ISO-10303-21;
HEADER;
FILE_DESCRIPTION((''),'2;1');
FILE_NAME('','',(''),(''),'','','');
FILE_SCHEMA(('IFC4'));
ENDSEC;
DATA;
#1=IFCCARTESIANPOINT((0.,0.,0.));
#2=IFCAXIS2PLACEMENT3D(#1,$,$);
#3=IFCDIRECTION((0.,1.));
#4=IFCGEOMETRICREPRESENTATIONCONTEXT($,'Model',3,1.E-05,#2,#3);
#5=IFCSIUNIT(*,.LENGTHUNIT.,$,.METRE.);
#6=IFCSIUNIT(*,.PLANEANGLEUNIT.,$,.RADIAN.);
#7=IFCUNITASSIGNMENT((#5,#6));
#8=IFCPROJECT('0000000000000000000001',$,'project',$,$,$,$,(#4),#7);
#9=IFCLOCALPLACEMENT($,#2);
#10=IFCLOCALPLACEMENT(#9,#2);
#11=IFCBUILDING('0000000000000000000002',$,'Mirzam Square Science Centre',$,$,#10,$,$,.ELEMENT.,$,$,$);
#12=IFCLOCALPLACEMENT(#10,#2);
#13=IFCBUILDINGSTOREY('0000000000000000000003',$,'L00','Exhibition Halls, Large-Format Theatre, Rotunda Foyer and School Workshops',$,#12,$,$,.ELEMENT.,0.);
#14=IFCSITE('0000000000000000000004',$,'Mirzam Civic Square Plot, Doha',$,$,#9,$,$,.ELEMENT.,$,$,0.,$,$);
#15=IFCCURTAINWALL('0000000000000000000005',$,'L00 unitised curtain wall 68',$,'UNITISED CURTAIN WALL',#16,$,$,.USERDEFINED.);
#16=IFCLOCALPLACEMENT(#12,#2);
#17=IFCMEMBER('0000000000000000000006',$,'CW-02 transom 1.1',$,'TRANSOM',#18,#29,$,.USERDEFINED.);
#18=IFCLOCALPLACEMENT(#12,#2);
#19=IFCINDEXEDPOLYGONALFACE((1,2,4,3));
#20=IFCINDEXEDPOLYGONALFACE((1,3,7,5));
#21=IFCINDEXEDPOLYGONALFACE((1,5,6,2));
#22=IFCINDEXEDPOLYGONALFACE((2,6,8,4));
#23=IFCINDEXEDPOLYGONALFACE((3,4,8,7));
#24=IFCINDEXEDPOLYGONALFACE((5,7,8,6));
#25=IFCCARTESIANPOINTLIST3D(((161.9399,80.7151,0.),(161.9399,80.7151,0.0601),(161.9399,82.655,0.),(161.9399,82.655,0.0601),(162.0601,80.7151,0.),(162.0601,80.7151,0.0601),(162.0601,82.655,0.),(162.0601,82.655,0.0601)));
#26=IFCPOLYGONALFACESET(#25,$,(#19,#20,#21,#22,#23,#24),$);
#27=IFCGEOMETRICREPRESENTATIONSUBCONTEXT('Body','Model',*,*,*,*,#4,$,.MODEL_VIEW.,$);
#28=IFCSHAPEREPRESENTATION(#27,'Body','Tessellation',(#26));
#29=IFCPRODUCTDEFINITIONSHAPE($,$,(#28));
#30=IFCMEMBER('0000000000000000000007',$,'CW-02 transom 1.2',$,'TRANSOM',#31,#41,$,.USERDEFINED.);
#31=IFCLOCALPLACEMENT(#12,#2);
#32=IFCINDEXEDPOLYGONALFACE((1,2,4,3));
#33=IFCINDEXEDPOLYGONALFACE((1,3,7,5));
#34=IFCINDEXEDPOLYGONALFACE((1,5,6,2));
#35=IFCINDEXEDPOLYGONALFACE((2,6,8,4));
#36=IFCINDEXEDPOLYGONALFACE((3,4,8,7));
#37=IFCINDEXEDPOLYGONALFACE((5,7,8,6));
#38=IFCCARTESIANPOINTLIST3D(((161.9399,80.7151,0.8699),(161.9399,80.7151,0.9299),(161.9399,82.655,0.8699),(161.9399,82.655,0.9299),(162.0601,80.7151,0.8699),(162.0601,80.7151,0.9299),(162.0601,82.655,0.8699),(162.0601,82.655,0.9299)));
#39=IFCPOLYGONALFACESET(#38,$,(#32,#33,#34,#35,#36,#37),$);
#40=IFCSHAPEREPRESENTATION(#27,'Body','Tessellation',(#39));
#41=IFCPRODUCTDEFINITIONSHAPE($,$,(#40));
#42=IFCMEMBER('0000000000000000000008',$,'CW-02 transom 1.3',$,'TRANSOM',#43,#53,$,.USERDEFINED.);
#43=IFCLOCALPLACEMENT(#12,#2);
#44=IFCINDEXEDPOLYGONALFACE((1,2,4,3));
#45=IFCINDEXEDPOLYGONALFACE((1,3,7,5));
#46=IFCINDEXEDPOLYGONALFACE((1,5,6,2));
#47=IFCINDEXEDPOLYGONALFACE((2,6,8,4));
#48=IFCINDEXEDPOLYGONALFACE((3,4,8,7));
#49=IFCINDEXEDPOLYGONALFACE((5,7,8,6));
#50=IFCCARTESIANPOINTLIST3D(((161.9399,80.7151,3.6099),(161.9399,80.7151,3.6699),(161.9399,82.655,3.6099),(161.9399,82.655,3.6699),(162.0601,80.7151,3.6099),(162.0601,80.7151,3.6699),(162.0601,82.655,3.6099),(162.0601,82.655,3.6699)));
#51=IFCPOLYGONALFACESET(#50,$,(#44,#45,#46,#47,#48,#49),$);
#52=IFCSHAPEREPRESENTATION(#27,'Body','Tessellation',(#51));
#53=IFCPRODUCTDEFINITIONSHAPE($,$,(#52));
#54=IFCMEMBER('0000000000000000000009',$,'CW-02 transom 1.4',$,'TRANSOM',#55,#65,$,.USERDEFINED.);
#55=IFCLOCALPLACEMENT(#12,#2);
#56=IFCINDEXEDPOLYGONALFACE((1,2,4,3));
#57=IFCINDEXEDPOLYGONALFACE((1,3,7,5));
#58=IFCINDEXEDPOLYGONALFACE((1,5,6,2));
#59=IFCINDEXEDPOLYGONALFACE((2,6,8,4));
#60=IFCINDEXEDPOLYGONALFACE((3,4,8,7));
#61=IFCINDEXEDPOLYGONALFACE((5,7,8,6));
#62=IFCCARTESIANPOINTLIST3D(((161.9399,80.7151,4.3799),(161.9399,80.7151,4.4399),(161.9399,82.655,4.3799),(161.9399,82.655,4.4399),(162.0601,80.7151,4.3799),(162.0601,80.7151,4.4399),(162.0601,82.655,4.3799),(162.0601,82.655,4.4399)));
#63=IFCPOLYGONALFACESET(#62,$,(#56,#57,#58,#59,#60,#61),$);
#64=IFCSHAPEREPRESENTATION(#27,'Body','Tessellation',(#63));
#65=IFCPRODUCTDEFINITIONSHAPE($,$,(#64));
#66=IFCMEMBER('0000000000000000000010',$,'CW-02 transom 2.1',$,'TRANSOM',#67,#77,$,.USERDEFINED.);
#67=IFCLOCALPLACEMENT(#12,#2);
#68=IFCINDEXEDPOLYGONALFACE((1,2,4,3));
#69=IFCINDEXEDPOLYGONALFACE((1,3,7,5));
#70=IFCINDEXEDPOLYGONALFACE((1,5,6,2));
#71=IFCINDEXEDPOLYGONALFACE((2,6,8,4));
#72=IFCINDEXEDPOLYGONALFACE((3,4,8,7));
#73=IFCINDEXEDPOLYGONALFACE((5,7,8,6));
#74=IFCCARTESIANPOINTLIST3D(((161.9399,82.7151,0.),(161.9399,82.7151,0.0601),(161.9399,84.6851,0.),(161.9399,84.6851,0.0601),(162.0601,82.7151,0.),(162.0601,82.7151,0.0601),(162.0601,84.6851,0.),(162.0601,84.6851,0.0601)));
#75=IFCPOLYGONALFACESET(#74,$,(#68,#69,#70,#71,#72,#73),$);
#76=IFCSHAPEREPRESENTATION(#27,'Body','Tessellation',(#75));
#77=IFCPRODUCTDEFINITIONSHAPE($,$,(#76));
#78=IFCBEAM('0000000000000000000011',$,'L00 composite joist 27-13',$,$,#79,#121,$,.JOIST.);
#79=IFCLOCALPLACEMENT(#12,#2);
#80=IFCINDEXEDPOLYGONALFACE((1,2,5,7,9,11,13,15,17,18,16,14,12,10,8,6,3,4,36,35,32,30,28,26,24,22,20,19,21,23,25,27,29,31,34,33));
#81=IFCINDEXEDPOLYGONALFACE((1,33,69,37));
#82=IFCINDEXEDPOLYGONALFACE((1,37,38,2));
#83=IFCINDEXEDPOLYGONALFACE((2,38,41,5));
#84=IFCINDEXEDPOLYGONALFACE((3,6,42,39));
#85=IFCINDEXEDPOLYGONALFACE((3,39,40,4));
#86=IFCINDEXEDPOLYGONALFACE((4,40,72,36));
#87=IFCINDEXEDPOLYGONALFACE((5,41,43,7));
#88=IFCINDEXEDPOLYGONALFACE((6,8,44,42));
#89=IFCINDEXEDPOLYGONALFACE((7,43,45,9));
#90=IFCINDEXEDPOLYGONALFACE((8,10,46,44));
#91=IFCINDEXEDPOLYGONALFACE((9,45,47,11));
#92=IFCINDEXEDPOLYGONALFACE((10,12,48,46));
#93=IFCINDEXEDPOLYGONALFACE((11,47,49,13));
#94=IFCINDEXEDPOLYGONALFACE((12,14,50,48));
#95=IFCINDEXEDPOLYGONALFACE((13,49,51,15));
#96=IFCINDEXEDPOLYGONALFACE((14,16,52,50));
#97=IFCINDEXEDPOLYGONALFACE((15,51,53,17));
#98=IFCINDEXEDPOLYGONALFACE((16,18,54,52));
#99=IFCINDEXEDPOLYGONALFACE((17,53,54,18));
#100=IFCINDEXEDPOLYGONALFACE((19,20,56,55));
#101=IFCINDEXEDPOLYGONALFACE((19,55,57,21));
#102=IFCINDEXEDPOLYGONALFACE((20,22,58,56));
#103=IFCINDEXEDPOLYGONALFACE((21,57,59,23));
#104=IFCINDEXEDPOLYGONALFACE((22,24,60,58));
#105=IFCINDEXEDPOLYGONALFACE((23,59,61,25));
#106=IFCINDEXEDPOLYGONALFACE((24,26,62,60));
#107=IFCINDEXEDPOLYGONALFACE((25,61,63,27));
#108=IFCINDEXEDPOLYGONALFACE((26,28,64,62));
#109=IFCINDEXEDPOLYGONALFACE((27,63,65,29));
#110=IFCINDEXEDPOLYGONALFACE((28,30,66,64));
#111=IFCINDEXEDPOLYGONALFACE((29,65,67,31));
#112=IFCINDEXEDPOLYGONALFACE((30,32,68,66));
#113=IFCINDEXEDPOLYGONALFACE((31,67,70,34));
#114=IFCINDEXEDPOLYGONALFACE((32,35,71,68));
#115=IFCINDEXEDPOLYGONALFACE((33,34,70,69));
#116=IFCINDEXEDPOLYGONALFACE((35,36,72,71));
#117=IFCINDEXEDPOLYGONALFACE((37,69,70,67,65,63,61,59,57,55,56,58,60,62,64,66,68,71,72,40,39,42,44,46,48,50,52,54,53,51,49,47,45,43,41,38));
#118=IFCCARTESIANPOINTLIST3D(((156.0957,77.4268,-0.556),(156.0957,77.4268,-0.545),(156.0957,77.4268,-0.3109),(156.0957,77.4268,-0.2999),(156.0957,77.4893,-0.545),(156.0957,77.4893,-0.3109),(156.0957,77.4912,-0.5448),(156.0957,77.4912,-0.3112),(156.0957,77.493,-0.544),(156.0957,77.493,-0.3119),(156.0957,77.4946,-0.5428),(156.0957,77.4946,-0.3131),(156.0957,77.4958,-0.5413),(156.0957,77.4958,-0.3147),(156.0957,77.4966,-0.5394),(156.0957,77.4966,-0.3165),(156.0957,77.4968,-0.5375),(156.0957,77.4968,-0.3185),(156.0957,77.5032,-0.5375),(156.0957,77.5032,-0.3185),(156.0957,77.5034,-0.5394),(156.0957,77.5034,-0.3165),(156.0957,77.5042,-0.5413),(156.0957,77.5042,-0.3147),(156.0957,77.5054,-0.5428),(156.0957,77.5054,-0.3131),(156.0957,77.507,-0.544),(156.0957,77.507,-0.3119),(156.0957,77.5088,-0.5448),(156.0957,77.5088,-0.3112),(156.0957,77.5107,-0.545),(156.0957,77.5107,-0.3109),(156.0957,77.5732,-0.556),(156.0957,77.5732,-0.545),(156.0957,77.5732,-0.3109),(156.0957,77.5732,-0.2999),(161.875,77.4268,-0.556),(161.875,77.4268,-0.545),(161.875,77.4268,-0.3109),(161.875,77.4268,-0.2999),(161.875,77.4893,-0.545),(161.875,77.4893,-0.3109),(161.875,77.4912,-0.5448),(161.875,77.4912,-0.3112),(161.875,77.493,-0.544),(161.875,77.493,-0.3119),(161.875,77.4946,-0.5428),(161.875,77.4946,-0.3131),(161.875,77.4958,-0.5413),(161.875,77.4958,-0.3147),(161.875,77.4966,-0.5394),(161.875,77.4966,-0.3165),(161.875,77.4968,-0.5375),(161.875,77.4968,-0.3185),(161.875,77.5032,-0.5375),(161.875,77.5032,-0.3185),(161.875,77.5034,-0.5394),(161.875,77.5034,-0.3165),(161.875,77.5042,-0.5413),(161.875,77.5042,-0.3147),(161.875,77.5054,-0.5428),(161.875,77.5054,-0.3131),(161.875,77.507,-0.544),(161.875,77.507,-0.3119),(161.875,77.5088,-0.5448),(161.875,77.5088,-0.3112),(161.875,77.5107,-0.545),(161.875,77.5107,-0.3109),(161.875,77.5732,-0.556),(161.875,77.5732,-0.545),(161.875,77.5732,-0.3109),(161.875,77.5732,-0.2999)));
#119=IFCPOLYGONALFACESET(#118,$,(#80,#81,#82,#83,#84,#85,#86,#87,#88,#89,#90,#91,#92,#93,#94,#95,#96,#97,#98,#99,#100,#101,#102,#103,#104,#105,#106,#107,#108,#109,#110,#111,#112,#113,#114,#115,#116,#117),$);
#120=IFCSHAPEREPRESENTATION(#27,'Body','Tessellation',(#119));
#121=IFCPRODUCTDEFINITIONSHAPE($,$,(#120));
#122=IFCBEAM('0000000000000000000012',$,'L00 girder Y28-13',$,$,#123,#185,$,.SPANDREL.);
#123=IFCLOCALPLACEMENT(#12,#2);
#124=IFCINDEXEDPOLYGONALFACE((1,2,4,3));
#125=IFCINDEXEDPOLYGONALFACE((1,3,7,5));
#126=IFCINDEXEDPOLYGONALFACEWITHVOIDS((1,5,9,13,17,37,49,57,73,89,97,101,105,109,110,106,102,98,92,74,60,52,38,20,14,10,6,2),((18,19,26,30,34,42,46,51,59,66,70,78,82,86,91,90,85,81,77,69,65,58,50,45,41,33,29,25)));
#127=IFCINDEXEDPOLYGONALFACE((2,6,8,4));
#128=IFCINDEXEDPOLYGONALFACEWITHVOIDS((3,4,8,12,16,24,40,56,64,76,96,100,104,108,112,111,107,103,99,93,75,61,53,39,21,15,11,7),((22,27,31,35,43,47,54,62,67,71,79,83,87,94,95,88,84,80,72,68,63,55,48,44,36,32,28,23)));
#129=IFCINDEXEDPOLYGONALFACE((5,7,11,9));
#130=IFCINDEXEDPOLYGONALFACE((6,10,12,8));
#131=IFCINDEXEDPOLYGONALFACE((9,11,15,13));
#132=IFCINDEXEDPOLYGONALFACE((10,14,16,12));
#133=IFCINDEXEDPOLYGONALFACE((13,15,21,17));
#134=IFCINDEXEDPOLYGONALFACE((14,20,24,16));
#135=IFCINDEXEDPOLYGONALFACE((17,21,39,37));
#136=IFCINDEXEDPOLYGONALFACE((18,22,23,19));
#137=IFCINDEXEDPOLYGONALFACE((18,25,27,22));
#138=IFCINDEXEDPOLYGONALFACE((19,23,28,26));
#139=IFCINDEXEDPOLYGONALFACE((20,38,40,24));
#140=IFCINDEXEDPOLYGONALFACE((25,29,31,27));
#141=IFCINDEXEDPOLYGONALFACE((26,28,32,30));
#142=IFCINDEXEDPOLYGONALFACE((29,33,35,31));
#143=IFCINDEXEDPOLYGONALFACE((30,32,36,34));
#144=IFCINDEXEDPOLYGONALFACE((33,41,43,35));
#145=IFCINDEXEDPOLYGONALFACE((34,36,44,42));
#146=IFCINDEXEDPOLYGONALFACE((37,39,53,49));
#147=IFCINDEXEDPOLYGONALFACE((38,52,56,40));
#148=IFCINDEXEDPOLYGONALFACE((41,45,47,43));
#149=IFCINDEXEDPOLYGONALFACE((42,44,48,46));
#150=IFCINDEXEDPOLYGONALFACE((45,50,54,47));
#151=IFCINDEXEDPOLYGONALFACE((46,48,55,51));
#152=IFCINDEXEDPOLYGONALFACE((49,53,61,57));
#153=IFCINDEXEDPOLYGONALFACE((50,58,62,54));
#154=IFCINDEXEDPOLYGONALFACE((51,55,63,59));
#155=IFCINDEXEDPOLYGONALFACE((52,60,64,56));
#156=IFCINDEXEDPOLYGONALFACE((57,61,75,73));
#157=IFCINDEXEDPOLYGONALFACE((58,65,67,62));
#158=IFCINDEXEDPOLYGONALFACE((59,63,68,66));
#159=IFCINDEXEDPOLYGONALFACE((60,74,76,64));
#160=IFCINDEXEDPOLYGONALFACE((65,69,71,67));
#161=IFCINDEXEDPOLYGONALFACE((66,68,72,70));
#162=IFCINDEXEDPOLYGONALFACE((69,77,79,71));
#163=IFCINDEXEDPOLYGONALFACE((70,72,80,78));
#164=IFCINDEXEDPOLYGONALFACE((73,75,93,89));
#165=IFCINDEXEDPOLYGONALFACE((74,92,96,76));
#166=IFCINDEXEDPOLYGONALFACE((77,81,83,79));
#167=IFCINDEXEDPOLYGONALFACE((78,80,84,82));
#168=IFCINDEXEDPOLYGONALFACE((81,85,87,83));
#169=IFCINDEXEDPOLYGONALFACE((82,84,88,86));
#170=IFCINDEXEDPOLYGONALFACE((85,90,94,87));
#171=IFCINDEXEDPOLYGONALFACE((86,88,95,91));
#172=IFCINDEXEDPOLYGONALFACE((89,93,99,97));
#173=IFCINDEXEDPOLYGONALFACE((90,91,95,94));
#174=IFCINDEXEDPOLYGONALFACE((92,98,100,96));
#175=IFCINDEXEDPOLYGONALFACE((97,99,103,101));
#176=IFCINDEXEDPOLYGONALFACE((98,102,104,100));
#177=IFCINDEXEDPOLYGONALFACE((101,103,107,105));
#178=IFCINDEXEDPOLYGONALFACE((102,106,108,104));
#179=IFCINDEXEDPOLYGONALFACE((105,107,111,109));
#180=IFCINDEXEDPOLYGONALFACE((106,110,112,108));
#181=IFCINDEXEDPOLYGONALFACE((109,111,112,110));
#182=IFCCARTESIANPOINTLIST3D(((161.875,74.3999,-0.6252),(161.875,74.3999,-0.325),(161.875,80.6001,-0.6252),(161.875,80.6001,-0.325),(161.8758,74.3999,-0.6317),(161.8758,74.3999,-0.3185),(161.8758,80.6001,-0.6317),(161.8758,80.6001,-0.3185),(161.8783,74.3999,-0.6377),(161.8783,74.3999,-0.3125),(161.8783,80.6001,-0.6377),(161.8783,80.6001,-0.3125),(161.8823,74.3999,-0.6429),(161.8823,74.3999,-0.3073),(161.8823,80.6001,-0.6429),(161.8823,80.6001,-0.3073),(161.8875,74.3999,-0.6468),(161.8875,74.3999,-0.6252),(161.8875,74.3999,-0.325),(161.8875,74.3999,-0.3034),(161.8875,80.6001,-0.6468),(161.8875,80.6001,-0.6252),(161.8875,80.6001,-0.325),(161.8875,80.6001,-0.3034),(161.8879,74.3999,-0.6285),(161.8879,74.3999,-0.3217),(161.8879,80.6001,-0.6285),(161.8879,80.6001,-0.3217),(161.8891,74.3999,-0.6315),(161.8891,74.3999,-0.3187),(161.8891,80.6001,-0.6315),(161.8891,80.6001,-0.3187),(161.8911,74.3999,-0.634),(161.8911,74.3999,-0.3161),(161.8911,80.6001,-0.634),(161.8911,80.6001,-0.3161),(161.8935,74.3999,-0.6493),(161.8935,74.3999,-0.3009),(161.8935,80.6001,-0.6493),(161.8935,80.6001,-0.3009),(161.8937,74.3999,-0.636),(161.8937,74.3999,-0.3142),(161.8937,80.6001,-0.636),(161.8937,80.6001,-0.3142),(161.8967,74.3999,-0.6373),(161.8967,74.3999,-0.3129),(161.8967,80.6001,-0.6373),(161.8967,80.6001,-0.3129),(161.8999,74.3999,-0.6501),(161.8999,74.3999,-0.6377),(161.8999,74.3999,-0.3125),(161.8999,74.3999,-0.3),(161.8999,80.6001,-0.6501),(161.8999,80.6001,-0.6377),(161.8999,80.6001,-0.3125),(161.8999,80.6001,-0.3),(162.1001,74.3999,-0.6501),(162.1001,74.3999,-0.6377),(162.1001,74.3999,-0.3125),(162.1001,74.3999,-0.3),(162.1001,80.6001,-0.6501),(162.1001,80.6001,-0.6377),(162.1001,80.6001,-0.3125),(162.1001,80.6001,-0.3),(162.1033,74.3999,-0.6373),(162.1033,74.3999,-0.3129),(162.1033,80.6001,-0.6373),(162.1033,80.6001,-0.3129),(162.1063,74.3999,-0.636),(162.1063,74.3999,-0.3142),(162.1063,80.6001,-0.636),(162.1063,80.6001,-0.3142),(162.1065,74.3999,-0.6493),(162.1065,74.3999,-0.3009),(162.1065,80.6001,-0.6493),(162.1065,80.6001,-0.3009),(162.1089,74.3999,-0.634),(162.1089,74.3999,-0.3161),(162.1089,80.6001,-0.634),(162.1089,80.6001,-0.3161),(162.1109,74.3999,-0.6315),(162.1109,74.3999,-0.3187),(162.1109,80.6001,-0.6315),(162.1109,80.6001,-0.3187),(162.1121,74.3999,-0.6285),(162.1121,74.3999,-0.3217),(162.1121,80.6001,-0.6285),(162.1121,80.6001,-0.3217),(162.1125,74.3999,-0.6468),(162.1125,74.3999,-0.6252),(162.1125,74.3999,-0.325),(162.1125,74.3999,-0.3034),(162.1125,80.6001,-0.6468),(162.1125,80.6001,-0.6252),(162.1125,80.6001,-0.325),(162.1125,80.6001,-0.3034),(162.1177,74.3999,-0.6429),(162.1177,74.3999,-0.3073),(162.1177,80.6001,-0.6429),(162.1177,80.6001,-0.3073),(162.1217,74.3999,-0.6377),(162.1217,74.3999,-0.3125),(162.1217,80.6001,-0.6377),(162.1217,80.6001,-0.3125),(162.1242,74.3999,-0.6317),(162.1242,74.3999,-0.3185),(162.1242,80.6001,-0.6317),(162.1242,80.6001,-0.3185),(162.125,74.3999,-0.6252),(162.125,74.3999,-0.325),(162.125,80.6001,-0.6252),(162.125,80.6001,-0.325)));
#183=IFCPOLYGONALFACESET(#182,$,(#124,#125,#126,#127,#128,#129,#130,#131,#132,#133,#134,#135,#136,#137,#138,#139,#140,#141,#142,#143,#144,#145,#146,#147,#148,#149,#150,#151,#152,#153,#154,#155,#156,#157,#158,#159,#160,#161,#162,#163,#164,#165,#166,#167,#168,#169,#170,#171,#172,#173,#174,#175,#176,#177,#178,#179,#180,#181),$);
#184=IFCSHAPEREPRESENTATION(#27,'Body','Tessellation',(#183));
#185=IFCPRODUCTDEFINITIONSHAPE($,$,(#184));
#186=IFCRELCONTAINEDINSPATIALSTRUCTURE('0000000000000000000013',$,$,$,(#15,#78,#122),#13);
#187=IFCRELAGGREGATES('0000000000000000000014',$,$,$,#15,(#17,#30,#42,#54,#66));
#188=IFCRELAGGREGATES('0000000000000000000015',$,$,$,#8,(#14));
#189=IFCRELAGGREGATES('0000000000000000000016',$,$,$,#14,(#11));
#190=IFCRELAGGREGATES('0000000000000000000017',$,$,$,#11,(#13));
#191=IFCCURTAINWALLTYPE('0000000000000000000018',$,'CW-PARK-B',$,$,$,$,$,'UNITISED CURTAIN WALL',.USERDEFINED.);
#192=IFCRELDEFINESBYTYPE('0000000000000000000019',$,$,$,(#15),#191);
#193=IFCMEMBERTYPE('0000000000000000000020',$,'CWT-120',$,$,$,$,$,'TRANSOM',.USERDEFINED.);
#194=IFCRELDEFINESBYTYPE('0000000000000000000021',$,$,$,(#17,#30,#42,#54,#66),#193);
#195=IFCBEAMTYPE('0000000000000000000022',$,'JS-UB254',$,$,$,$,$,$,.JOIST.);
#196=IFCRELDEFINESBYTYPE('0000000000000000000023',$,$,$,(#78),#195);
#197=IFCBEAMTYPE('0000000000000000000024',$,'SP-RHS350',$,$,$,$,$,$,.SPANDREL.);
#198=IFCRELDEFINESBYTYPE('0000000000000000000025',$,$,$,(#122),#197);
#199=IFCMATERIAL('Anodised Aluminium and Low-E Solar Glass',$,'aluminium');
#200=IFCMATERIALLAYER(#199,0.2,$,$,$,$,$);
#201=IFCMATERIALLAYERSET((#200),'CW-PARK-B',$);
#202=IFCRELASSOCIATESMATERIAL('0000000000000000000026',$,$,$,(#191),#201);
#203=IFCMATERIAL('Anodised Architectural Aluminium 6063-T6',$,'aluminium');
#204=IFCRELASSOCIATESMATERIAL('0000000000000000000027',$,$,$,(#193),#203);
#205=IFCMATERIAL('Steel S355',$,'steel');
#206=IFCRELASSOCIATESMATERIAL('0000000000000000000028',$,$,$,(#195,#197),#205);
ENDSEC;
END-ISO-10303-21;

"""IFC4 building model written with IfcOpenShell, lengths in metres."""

from ifc_helpers import new_model, si_unit, direction, frame, origin, origin_2d, place, context, subcontext, project, spatial, rectangle, hollow_rectangle, i_section, extrude, material, layer, layer_set, material_profile, profile_set, type_object, element, aggregate, save


model = new_model("IFC4")

# Units and contexts
model_context = context("Model", 3, precision=1e-05, world=origin(), true_north=direction((0.0, 1.0)))
body_context = subcontext(model_context, "Body", "Model", "MODEL_VIEW")
ifc_project = project(units=[si_unit("LENGTHUNIT", "METRE"), si_unit("PLANEANGLEUNIT", "RADIAN")], contexts=[model_context])

# Site, building, storey
site_placement = place(None, origin())
site = spatial("IfcSite", under=ifc_project, at=site_placement, Name="Mirzam Civic Square Plot, Doha", CompositionType="ELEMENT", RefElevation=0.0)
building_placement = place(site_placement, origin())
building = spatial("IfcBuilding", under=site, at=building_placement, Name="Mirzam Square Science Centre", CompositionType="ELEMENT")
storey_placement = place(building_placement, origin())
storey = spatial("IfcBuildingStorey", under=building, at=storey_placement, Name="L00", Description="Exhibition Halls, Large-Format Theatre, Rotunda Foyer and School Workshops", CompositionType="ELEMENT", Elevation=0.0)

# Shared definitions
ifc_material_1 = material(Name="Steel S355", Category="steel")

# Curtain wall, members
ifc_material_2 = material(Name="Anodised Aluminium and Low-E Solar Glass", Category="aluminium")
ifc_layer_1 = layer(ifc_material_2, 0.2)
ifc_layer_set_1 = layer_set([ifc_layer_1], Name="CW-PARK-B")
curtain_wall_type = type_object("IfcCurtainWallType", Name="CW-PARK-B", ElementType="UNITISED CURTAIN WALL", PredefinedType="USERDEFINED", material=ifc_layer_set_1)
curtain_wall_placement = place(storey_placement, origin())
curtain_wall = element("IfcCurtainWall", 1, at=curtain_wall_placement, inside=storey, type_object=curtain_wall_type, Name="L00 unitised curtain wall 68", ObjectType="UNITISED CURTAIN WALL", PredefinedType="USERDEFINED")
ifc_material_3 = material(Name="Anodised Architectural Aluminium 6063-T6", Category="aluminium")
ifc_material_profile_1 = material_profile(ifc_material_3, rectangle(XDim=0.1201, YDim=0.0601, at=origin_2d()), Name="ALU-TRAN-120x60x4")
ifc_profile_set_1 = profile_set([ifc_material_profile_1], Name="Anodised Architectural Aluminium 6063-T6")
member_type_1 = type_object("IfcMemberType", Name="CWT-120", ElementType="TRANSOM", PredefinedType="USERDEFINED", material=ifc_profile_set_1)
member_1_placement = place(storey_placement, frame((162.0, 80.7151, 0.03), z_axis=(0.0, 1.0, 0.0), x_axis=(-1.0, 0.0, 0.0)))
member_1 = element("IfcMember", 2, at=member_1_placement, type_object=member_type_1, Name="CW-02 transom 1.1", ObjectType="TRANSOM", PredefinedType="USERDEFINED", context=body_context, shape_type="SweptSolid", body=[
    extrude(rectangle(XDim=0.1201, YDim=0.0601, at=origin_2d()), origin(), (0.0, 0.0, 1.0), 1.9399),
])
member_2_placement = place(storey_placement, frame((162.0, 80.7151, 0.8999), z_axis=(0.0, 1.0, 0.0), x_axis=(-1.0, 0.0, 0.0)))
member_2 = element("IfcMember", 3, at=member_2_placement, type_object=member_type_1, Name="CW-02 transom 1.2", ObjectType="TRANSOM", PredefinedType="USERDEFINED", context=body_context, shape_type="SweptSolid", body=[
    extrude(rectangle(XDim=0.1201, YDim=0.0601, at=origin_2d()), origin(), (0.0, 0.0, 1.0), 1.9399),
])
member_3_placement = place(storey_placement, frame((162.0, 80.7151, 3.6399), z_axis=(0.0, 1.0, 0.0), x_axis=(-1.0, 0.0, 0.0)))
member_3 = element("IfcMember", 4, at=member_3_placement, type_object=member_type_1, Name="CW-02 transom 1.3", ObjectType="TRANSOM", PredefinedType="USERDEFINED", context=body_context, shape_type="SweptSolid", body=[
    extrude(rectangle(XDim=0.1201, YDim=0.0601, at=origin_2d()), origin(), (0.0, 0.0, 1.0), 1.9399),
])
member_4_placement = place(storey_placement, frame((162.0, 80.7151, 4.4099), z_axis=(0.0, 1.0, 0.0), x_axis=(-1.0, 0.0, 0.0)))
member_4 = element("IfcMember", 5, at=member_4_placement, type_object=member_type_1, Name="CW-02 transom 1.4", ObjectType="TRANSOM", PredefinedType="USERDEFINED", context=body_context, shape_type="SweptSolid", body=[
    extrude(rectangle(XDim=0.1201, YDim=0.0601, at=origin_2d()), origin(), (0.0, 0.0, 1.0), 1.9399),
])
member_5_placement = place(storey_placement, frame((162.0, 82.7151, 0.03), z_axis=(0.0, 1.0, 0.0), x_axis=(-1.0, 0.0, 0.0)))
member_5 = element("IfcMember", 6, at=member_5_placement, type_object=member_type_1, Name="CW-02 transom 2.1", ObjectType="TRANSOM", PredefinedType="USERDEFINED", context=body_context, shape_type="SweptSolid", body=[
    extrude(rectangle(XDim=0.1201, YDim=0.0601, at=origin_2d()), origin(), (0.0, 0.0, 1.0), 1.97),
])

# Beams
ifc_material_profile_2 = material_profile(ifc_material_1, i_section(OverallWidth=0.1465, OverallDepth=0.2561, WebThickness=0.0063, FlangeThickness=0.011, FilletRadius=0.0076, at=origin_2d()), Name="254x146x37UB")
ifc_profile_set_2 = profile_set([ifc_material_profile_2], Name="Steel S355")
beam_type_1 = type_object("IfcBeamType", Name="JS-UB254", PredefinedType="JOIST", material=ifc_profile_set_2)
beam_1_placement = place(storey_placement, frame((156.0957, 77.5, -0.428), z_axis=(1.0, 0.0, 0.0), x_axis=(0.0, 1.0, 0.0)))
element("IfcBeam", 7, at=beam_1_placement, inside=storey, type_object=beam_type_1, Name="L00 composite joist 27-13", PredefinedType="JOIST", context=body_context, shape_type="SweptSolid", body=[
    extrude(i_section(OverallWidth=0.1465, OverallDepth=0.2561, WebThickness=0.0063, FlangeThickness=0.011, FilletRadius=0.0076, at=origin_2d()), origin(), (0.0, 0.0, 1.0), 5.7793),
])
ifc_material_profile_3 = material_profile(ifc_material_1, hollow_rectangle(XDim=0.25, YDim=0.3501, WallThickness=0.0125, InnerFilletRadius=0.0125, OuterFilletRadius=0.0249, at=origin_2d()), Name="350x250x12.5RHS")
ifc_profile_set_3 = profile_set([ifc_material_profile_3], Name="Steel S355")
beam_type_2 = type_object("IfcBeamType", Name="SP-RHS350", PredefinedType="SPANDREL", material=ifc_profile_set_3)
beam_2_placement = place(storey_placement, frame((162.0, 74.3999, -0.4751), z_axis=(0.0, 1.0, 0.0), x_axis=(-1.0, 0.0, 0.0)))
element("IfcBeam", 8, at=beam_2_placement, inside=storey, type_object=beam_type_2, Name="L00 girder Y28-13", PredefinedType="SPANDREL", context=body_context, shape_type="SweptSolid", body=[
    extrude(hollow_rectangle(XDim=0.25, YDim=0.3501, WallThickness=0.0125, InnerFilletRadius=0.0125, OuterFilletRadius=0.0249, at=origin_2d()), origin(), (0.0, 0.0, 1.0), 6.2002),
])

aggregate(curtain_wall, [member_1, member_2, member_3, member_4, member_5])

save(model, "model.ifc")
